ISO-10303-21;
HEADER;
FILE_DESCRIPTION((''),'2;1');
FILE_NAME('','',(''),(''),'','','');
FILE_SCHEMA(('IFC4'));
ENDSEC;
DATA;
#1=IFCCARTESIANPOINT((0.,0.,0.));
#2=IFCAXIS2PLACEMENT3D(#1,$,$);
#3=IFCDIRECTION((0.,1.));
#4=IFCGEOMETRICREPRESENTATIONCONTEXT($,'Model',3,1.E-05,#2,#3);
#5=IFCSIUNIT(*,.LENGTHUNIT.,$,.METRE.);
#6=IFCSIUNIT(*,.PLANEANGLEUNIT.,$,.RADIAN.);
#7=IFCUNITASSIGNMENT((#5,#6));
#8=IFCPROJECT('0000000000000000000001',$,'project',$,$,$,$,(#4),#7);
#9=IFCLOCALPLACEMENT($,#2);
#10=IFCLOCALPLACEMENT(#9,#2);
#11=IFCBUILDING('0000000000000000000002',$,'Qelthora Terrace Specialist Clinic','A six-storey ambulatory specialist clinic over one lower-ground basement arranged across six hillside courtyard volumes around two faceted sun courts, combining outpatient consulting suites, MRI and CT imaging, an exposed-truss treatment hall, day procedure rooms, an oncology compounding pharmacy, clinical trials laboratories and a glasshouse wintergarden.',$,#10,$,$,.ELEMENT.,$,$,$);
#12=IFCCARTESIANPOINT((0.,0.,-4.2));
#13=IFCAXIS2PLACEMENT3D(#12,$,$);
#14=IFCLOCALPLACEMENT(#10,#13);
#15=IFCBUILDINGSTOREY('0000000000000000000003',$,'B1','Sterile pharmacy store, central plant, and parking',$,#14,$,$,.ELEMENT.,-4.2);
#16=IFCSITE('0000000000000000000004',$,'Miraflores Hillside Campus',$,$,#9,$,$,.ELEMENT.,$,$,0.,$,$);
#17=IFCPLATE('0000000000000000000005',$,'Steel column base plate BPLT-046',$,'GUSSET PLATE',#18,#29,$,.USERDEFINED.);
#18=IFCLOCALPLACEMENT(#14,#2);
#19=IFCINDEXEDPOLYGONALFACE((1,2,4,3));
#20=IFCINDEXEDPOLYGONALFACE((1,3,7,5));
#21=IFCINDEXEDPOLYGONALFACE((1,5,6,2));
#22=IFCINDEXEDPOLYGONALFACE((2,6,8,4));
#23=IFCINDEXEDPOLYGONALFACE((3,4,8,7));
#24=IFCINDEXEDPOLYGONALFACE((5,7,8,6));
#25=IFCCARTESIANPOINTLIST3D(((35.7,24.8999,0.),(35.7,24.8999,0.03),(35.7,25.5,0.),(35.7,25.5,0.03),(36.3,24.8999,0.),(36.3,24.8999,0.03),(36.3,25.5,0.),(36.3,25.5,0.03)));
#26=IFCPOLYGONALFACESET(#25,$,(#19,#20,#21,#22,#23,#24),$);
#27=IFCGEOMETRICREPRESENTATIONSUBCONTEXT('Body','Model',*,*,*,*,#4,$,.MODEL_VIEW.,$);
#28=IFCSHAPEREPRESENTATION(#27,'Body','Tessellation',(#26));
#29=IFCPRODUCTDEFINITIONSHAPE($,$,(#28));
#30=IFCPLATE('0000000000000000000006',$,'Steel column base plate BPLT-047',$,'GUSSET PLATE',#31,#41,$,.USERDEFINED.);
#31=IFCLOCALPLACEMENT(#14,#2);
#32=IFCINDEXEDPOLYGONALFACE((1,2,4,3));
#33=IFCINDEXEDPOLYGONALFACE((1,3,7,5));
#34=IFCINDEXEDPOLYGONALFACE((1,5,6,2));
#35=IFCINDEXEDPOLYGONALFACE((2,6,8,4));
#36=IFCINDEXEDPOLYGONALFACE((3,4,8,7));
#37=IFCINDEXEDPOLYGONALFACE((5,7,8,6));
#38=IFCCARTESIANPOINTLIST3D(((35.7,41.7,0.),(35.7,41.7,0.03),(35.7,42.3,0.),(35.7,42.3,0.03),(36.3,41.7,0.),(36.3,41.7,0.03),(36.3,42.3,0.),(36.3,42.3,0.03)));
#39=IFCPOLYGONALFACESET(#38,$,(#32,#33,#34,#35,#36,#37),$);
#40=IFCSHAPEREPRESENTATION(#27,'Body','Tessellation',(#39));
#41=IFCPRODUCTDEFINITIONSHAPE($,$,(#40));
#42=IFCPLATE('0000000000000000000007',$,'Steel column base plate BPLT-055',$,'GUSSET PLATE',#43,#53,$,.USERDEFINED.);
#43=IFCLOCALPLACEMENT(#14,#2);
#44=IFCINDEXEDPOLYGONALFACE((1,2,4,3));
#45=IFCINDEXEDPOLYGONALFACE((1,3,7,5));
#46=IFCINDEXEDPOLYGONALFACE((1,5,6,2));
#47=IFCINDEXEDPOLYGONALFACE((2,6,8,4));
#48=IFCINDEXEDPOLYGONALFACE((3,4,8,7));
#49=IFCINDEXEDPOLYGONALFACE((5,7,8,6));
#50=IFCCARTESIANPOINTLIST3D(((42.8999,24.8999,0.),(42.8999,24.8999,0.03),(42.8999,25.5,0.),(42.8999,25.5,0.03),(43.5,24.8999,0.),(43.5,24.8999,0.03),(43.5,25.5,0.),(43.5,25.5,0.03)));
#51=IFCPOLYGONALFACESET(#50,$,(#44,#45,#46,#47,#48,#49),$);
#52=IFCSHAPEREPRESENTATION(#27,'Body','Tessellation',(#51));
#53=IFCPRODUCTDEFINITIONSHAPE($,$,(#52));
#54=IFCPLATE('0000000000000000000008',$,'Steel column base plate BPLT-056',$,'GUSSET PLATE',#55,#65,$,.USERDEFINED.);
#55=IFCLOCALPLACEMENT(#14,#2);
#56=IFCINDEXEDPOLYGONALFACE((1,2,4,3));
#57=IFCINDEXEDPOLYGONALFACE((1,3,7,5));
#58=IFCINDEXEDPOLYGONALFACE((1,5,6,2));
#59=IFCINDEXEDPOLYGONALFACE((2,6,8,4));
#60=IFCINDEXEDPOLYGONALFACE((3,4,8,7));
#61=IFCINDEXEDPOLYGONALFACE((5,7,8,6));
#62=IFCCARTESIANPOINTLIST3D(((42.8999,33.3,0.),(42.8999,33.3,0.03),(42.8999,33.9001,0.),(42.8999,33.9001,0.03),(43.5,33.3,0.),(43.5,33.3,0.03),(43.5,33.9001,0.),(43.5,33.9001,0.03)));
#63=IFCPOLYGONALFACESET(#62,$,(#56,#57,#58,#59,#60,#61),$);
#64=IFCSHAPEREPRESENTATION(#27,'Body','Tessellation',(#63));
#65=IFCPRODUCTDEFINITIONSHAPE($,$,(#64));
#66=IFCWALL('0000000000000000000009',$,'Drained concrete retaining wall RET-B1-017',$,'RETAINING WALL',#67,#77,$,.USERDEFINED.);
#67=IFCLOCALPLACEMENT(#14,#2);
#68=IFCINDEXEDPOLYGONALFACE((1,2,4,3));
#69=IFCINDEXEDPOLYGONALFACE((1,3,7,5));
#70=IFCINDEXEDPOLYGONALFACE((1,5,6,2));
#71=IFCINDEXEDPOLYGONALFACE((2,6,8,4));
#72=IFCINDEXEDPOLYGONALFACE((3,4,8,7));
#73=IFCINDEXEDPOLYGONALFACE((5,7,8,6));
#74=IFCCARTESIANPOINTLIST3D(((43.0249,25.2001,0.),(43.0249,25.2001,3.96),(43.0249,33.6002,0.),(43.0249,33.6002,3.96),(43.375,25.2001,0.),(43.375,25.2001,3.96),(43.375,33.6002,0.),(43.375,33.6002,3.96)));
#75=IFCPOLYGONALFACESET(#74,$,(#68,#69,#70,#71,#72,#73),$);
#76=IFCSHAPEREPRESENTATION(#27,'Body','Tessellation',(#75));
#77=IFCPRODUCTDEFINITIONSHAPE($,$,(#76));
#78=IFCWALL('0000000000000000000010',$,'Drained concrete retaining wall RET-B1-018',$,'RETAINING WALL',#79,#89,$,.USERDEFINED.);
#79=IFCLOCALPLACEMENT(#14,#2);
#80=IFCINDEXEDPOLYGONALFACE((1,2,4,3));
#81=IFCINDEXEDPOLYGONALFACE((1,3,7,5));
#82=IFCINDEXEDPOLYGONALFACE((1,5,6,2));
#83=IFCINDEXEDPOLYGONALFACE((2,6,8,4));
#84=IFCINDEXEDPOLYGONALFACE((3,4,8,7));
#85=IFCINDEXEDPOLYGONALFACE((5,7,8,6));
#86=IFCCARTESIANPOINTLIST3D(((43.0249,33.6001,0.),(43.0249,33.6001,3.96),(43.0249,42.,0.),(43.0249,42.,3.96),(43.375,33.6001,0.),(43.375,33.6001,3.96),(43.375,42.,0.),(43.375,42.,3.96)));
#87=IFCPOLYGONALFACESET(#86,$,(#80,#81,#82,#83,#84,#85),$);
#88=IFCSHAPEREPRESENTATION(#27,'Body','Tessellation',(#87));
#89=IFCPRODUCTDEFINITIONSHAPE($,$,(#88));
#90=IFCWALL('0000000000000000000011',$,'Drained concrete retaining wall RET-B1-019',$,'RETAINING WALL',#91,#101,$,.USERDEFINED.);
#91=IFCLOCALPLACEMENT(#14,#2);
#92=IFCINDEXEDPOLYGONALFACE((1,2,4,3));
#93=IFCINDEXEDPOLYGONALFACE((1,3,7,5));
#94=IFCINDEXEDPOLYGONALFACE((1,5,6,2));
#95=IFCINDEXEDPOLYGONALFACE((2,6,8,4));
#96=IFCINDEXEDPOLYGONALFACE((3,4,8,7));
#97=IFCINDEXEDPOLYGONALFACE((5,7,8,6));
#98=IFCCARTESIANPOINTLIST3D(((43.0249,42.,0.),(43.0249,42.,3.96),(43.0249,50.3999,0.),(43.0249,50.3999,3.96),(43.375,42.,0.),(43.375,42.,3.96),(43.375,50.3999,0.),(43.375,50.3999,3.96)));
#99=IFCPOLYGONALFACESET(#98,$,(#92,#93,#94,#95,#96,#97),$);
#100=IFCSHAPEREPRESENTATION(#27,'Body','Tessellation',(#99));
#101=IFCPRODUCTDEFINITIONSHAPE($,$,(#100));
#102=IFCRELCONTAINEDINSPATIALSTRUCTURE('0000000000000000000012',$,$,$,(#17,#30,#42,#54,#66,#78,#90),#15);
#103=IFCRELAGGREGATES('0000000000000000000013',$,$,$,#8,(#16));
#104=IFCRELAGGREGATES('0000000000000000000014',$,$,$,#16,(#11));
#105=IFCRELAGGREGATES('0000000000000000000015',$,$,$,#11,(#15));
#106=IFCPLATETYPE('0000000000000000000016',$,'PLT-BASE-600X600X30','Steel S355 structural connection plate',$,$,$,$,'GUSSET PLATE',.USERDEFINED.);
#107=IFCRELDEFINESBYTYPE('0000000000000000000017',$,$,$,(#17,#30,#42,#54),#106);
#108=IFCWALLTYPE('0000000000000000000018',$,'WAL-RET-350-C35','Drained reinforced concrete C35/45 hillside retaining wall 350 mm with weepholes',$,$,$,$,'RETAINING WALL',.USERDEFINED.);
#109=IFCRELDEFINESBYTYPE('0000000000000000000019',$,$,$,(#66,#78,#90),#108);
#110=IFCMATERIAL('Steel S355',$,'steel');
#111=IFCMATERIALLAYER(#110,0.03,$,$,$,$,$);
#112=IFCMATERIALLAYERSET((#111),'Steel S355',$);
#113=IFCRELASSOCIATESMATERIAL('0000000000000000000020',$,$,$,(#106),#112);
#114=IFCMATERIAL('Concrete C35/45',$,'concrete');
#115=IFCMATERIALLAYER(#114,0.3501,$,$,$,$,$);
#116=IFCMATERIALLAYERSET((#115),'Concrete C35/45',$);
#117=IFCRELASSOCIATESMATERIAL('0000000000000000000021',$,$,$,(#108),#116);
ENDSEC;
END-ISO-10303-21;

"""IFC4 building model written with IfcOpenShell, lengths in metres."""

from ifc_helpers import new_model, si_unit, direction, frame, frame_2d, origin, origin_2d, place, context, subcontext, project, spatial, rectangle, extrude, material, layer, layer_set, type_object, element, save


model = new_model("IFC4")

# Units and contexts
model_context = context("Model", 3, precision=1e-05, world=origin(), true_north=direction((0.0, 1.0)))
body_context = subcontext(model_context, "Body", "Model", "MODEL_VIEW")
ifc_project = project(units=[si_unit("LENGTHUNIT", "METRE"), si_unit("PLANEANGLEUNIT", "RADIAN")], contexts=[model_context])

# Site, building, storey
site_placement = place(None, origin())
site = spatial("IfcSite", under=ifc_project, at=site_placement, Name="Miraflores Hillside Campus", CompositionType="ELEMENT", RefElevation=0.0)
building_placement = place(site_placement, origin())
building = spatial("IfcBuilding", under=site, at=building_placement, Name="Qelthora Terrace Specialist Clinic", Description="A six-storey ambulatory specialist clinic over one lower-ground basement arranged across six hillside courtyard volumes around two faceted sun courts, combining outpatient consulting suites, MRI and CT imaging, an exposed-truss treatment hall, day procedure rooms, an oncology compounding pharmacy, clinical trials laboratories and a glasshouse wintergarden.", CompositionType="ELEMENT")
storey_placement = place(building_placement, frame((0.0, 0.0, -4.2)))
storey = spatial("IfcBuildingStorey", under=building, at=storey_placement, Name="B1", Description="Sterile pharmacy store, central plant, and parking", CompositionType="ELEMENT", Elevation=-4.2)

# Shared definitions
ifc_material_1 = material(Name="Concrete C35/45", Category="concrete")

# Shared definitions
ifc_material_2 = material(Name="Steel S355", Category="steel")

# Plates
ifc_layer_1 = layer(ifc_material_2, 0.03)
ifc_layer_set_1 = layer_set([ifc_layer_1], Name="Steel S355")
plate_type = type_object("IfcPlateType", Name="PLT-BASE-600X600X30", Description="Steel S355 structural connection plate", ElementType="GUSSET PLATE", PredefinedType="USERDEFINED", material=ifc_layer_set_1)
for number, where, z_axis, x_axis, name in (
    (1, (36.0, 25.2, 0.0), (0.0, 0.0, 1.0), (1.0, 0.0, 0.0), "Steel column base plate BPLT-046"),
    (2, (36.0, 42.0, 0.0), (0.0, 0.0, 1.0), (1.0, 0.0, 0.0), "Steel column base plate BPLT-047"),
    (3, (43.2, 25.2, 0.0), (0.0, 0.0, 1.0), (1.0, 0.0, 0.0), "Steel column base plate BPLT-055"),
    (4, (43.2, 33.6001, 0.0), (0.0, 0.0, 1.0), (1.0, 0.0, 0.0), "Steel column base plate BPLT-056"),
):
    element("IfcPlate", number, at=place(storey_placement, frame(where, z_axis=z_axis, x_axis=x_axis)), inside=storey, type_object=plate_type, Name=name, ObjectType="GUSSET PLATE", PredefinedType="USERDEFINED", context=body_context, shape_type="SweptSolid", body=[
        extrude(rectangle(XDim=0.6001, YDim=0.6001, at=origin_2d()), origin(), (0.0, 0.0, 1.0), 0.03),
    ])

# Walls
ifc_layer_2 = layer(ifc_material_1, 0.3501)
ifc_layer_set_2 = layer_set([ifc_layer_2], Name="Concrete C35/45")
wall_type = type_object("IfcWallType", Name="WAL-RET-350-C35", Description="Drained reinforced concrete C35/45 hillside retaining wall 350 mm with weepholes", ElementType="RETAINING WALL", PredefinedType="USERDEFINED", material=ifc_layer_set_2)
wall_placement = place(storey_placement, frame((43.2, 25.2, 0.0), z_axis=(0.0, 0.0, 1.0), x_axis=(0.0, 1.0, 0.0)))
element("IfcWall", 5, at=wall_placement, inside=storey, type_object=wall_type, Name="Drained concrete retaining wall RET-B1-017", ObjectType="RETAINING WALL", PredefinedType="USERDEFINED", context=body_context, shape_type="SweptSolid", body=[
    extrude(rectangle(XDim=8.4001, YDim=0.3501, at=frame_2d((4.2002, 0.0))), origin(), (0.0, 0.0, 1.0), 3.96),
])
for number, where, z_axis, x_axis, name in (
    (6, (43.2, 33.6001, 0.0), (0.0, 0.0, 1.0), (0.0, 1.0, 0.0), "Drained concrete retaining wall RET-B1-018"),
    (7, (43.2, 42.0, 0.0), (0.0, 0.0, 1.0), (0.0, 1.0, 0.0), "Drained concrete retaining wall RET-B1-019"),
):
    element("IfcWall", number, at=place(storey_placement, frame(where, z_axis=z_axis, x_axis=x_axis)), inside=storey, type_object=wall_type, Name=name, ObjectType="RETAINING WALL", PredefinedType="USERDEFINED", context=body_context, shape_type="SweptSolid", body=[
        extrude(rectangle(XDim=8.3999, YDim=0.3501, at=frame_2d((4.2, 0.0))), origin(), (0.0, 0.0, 1.0), 3.96),
    ])

save(model, "model.ifc")
